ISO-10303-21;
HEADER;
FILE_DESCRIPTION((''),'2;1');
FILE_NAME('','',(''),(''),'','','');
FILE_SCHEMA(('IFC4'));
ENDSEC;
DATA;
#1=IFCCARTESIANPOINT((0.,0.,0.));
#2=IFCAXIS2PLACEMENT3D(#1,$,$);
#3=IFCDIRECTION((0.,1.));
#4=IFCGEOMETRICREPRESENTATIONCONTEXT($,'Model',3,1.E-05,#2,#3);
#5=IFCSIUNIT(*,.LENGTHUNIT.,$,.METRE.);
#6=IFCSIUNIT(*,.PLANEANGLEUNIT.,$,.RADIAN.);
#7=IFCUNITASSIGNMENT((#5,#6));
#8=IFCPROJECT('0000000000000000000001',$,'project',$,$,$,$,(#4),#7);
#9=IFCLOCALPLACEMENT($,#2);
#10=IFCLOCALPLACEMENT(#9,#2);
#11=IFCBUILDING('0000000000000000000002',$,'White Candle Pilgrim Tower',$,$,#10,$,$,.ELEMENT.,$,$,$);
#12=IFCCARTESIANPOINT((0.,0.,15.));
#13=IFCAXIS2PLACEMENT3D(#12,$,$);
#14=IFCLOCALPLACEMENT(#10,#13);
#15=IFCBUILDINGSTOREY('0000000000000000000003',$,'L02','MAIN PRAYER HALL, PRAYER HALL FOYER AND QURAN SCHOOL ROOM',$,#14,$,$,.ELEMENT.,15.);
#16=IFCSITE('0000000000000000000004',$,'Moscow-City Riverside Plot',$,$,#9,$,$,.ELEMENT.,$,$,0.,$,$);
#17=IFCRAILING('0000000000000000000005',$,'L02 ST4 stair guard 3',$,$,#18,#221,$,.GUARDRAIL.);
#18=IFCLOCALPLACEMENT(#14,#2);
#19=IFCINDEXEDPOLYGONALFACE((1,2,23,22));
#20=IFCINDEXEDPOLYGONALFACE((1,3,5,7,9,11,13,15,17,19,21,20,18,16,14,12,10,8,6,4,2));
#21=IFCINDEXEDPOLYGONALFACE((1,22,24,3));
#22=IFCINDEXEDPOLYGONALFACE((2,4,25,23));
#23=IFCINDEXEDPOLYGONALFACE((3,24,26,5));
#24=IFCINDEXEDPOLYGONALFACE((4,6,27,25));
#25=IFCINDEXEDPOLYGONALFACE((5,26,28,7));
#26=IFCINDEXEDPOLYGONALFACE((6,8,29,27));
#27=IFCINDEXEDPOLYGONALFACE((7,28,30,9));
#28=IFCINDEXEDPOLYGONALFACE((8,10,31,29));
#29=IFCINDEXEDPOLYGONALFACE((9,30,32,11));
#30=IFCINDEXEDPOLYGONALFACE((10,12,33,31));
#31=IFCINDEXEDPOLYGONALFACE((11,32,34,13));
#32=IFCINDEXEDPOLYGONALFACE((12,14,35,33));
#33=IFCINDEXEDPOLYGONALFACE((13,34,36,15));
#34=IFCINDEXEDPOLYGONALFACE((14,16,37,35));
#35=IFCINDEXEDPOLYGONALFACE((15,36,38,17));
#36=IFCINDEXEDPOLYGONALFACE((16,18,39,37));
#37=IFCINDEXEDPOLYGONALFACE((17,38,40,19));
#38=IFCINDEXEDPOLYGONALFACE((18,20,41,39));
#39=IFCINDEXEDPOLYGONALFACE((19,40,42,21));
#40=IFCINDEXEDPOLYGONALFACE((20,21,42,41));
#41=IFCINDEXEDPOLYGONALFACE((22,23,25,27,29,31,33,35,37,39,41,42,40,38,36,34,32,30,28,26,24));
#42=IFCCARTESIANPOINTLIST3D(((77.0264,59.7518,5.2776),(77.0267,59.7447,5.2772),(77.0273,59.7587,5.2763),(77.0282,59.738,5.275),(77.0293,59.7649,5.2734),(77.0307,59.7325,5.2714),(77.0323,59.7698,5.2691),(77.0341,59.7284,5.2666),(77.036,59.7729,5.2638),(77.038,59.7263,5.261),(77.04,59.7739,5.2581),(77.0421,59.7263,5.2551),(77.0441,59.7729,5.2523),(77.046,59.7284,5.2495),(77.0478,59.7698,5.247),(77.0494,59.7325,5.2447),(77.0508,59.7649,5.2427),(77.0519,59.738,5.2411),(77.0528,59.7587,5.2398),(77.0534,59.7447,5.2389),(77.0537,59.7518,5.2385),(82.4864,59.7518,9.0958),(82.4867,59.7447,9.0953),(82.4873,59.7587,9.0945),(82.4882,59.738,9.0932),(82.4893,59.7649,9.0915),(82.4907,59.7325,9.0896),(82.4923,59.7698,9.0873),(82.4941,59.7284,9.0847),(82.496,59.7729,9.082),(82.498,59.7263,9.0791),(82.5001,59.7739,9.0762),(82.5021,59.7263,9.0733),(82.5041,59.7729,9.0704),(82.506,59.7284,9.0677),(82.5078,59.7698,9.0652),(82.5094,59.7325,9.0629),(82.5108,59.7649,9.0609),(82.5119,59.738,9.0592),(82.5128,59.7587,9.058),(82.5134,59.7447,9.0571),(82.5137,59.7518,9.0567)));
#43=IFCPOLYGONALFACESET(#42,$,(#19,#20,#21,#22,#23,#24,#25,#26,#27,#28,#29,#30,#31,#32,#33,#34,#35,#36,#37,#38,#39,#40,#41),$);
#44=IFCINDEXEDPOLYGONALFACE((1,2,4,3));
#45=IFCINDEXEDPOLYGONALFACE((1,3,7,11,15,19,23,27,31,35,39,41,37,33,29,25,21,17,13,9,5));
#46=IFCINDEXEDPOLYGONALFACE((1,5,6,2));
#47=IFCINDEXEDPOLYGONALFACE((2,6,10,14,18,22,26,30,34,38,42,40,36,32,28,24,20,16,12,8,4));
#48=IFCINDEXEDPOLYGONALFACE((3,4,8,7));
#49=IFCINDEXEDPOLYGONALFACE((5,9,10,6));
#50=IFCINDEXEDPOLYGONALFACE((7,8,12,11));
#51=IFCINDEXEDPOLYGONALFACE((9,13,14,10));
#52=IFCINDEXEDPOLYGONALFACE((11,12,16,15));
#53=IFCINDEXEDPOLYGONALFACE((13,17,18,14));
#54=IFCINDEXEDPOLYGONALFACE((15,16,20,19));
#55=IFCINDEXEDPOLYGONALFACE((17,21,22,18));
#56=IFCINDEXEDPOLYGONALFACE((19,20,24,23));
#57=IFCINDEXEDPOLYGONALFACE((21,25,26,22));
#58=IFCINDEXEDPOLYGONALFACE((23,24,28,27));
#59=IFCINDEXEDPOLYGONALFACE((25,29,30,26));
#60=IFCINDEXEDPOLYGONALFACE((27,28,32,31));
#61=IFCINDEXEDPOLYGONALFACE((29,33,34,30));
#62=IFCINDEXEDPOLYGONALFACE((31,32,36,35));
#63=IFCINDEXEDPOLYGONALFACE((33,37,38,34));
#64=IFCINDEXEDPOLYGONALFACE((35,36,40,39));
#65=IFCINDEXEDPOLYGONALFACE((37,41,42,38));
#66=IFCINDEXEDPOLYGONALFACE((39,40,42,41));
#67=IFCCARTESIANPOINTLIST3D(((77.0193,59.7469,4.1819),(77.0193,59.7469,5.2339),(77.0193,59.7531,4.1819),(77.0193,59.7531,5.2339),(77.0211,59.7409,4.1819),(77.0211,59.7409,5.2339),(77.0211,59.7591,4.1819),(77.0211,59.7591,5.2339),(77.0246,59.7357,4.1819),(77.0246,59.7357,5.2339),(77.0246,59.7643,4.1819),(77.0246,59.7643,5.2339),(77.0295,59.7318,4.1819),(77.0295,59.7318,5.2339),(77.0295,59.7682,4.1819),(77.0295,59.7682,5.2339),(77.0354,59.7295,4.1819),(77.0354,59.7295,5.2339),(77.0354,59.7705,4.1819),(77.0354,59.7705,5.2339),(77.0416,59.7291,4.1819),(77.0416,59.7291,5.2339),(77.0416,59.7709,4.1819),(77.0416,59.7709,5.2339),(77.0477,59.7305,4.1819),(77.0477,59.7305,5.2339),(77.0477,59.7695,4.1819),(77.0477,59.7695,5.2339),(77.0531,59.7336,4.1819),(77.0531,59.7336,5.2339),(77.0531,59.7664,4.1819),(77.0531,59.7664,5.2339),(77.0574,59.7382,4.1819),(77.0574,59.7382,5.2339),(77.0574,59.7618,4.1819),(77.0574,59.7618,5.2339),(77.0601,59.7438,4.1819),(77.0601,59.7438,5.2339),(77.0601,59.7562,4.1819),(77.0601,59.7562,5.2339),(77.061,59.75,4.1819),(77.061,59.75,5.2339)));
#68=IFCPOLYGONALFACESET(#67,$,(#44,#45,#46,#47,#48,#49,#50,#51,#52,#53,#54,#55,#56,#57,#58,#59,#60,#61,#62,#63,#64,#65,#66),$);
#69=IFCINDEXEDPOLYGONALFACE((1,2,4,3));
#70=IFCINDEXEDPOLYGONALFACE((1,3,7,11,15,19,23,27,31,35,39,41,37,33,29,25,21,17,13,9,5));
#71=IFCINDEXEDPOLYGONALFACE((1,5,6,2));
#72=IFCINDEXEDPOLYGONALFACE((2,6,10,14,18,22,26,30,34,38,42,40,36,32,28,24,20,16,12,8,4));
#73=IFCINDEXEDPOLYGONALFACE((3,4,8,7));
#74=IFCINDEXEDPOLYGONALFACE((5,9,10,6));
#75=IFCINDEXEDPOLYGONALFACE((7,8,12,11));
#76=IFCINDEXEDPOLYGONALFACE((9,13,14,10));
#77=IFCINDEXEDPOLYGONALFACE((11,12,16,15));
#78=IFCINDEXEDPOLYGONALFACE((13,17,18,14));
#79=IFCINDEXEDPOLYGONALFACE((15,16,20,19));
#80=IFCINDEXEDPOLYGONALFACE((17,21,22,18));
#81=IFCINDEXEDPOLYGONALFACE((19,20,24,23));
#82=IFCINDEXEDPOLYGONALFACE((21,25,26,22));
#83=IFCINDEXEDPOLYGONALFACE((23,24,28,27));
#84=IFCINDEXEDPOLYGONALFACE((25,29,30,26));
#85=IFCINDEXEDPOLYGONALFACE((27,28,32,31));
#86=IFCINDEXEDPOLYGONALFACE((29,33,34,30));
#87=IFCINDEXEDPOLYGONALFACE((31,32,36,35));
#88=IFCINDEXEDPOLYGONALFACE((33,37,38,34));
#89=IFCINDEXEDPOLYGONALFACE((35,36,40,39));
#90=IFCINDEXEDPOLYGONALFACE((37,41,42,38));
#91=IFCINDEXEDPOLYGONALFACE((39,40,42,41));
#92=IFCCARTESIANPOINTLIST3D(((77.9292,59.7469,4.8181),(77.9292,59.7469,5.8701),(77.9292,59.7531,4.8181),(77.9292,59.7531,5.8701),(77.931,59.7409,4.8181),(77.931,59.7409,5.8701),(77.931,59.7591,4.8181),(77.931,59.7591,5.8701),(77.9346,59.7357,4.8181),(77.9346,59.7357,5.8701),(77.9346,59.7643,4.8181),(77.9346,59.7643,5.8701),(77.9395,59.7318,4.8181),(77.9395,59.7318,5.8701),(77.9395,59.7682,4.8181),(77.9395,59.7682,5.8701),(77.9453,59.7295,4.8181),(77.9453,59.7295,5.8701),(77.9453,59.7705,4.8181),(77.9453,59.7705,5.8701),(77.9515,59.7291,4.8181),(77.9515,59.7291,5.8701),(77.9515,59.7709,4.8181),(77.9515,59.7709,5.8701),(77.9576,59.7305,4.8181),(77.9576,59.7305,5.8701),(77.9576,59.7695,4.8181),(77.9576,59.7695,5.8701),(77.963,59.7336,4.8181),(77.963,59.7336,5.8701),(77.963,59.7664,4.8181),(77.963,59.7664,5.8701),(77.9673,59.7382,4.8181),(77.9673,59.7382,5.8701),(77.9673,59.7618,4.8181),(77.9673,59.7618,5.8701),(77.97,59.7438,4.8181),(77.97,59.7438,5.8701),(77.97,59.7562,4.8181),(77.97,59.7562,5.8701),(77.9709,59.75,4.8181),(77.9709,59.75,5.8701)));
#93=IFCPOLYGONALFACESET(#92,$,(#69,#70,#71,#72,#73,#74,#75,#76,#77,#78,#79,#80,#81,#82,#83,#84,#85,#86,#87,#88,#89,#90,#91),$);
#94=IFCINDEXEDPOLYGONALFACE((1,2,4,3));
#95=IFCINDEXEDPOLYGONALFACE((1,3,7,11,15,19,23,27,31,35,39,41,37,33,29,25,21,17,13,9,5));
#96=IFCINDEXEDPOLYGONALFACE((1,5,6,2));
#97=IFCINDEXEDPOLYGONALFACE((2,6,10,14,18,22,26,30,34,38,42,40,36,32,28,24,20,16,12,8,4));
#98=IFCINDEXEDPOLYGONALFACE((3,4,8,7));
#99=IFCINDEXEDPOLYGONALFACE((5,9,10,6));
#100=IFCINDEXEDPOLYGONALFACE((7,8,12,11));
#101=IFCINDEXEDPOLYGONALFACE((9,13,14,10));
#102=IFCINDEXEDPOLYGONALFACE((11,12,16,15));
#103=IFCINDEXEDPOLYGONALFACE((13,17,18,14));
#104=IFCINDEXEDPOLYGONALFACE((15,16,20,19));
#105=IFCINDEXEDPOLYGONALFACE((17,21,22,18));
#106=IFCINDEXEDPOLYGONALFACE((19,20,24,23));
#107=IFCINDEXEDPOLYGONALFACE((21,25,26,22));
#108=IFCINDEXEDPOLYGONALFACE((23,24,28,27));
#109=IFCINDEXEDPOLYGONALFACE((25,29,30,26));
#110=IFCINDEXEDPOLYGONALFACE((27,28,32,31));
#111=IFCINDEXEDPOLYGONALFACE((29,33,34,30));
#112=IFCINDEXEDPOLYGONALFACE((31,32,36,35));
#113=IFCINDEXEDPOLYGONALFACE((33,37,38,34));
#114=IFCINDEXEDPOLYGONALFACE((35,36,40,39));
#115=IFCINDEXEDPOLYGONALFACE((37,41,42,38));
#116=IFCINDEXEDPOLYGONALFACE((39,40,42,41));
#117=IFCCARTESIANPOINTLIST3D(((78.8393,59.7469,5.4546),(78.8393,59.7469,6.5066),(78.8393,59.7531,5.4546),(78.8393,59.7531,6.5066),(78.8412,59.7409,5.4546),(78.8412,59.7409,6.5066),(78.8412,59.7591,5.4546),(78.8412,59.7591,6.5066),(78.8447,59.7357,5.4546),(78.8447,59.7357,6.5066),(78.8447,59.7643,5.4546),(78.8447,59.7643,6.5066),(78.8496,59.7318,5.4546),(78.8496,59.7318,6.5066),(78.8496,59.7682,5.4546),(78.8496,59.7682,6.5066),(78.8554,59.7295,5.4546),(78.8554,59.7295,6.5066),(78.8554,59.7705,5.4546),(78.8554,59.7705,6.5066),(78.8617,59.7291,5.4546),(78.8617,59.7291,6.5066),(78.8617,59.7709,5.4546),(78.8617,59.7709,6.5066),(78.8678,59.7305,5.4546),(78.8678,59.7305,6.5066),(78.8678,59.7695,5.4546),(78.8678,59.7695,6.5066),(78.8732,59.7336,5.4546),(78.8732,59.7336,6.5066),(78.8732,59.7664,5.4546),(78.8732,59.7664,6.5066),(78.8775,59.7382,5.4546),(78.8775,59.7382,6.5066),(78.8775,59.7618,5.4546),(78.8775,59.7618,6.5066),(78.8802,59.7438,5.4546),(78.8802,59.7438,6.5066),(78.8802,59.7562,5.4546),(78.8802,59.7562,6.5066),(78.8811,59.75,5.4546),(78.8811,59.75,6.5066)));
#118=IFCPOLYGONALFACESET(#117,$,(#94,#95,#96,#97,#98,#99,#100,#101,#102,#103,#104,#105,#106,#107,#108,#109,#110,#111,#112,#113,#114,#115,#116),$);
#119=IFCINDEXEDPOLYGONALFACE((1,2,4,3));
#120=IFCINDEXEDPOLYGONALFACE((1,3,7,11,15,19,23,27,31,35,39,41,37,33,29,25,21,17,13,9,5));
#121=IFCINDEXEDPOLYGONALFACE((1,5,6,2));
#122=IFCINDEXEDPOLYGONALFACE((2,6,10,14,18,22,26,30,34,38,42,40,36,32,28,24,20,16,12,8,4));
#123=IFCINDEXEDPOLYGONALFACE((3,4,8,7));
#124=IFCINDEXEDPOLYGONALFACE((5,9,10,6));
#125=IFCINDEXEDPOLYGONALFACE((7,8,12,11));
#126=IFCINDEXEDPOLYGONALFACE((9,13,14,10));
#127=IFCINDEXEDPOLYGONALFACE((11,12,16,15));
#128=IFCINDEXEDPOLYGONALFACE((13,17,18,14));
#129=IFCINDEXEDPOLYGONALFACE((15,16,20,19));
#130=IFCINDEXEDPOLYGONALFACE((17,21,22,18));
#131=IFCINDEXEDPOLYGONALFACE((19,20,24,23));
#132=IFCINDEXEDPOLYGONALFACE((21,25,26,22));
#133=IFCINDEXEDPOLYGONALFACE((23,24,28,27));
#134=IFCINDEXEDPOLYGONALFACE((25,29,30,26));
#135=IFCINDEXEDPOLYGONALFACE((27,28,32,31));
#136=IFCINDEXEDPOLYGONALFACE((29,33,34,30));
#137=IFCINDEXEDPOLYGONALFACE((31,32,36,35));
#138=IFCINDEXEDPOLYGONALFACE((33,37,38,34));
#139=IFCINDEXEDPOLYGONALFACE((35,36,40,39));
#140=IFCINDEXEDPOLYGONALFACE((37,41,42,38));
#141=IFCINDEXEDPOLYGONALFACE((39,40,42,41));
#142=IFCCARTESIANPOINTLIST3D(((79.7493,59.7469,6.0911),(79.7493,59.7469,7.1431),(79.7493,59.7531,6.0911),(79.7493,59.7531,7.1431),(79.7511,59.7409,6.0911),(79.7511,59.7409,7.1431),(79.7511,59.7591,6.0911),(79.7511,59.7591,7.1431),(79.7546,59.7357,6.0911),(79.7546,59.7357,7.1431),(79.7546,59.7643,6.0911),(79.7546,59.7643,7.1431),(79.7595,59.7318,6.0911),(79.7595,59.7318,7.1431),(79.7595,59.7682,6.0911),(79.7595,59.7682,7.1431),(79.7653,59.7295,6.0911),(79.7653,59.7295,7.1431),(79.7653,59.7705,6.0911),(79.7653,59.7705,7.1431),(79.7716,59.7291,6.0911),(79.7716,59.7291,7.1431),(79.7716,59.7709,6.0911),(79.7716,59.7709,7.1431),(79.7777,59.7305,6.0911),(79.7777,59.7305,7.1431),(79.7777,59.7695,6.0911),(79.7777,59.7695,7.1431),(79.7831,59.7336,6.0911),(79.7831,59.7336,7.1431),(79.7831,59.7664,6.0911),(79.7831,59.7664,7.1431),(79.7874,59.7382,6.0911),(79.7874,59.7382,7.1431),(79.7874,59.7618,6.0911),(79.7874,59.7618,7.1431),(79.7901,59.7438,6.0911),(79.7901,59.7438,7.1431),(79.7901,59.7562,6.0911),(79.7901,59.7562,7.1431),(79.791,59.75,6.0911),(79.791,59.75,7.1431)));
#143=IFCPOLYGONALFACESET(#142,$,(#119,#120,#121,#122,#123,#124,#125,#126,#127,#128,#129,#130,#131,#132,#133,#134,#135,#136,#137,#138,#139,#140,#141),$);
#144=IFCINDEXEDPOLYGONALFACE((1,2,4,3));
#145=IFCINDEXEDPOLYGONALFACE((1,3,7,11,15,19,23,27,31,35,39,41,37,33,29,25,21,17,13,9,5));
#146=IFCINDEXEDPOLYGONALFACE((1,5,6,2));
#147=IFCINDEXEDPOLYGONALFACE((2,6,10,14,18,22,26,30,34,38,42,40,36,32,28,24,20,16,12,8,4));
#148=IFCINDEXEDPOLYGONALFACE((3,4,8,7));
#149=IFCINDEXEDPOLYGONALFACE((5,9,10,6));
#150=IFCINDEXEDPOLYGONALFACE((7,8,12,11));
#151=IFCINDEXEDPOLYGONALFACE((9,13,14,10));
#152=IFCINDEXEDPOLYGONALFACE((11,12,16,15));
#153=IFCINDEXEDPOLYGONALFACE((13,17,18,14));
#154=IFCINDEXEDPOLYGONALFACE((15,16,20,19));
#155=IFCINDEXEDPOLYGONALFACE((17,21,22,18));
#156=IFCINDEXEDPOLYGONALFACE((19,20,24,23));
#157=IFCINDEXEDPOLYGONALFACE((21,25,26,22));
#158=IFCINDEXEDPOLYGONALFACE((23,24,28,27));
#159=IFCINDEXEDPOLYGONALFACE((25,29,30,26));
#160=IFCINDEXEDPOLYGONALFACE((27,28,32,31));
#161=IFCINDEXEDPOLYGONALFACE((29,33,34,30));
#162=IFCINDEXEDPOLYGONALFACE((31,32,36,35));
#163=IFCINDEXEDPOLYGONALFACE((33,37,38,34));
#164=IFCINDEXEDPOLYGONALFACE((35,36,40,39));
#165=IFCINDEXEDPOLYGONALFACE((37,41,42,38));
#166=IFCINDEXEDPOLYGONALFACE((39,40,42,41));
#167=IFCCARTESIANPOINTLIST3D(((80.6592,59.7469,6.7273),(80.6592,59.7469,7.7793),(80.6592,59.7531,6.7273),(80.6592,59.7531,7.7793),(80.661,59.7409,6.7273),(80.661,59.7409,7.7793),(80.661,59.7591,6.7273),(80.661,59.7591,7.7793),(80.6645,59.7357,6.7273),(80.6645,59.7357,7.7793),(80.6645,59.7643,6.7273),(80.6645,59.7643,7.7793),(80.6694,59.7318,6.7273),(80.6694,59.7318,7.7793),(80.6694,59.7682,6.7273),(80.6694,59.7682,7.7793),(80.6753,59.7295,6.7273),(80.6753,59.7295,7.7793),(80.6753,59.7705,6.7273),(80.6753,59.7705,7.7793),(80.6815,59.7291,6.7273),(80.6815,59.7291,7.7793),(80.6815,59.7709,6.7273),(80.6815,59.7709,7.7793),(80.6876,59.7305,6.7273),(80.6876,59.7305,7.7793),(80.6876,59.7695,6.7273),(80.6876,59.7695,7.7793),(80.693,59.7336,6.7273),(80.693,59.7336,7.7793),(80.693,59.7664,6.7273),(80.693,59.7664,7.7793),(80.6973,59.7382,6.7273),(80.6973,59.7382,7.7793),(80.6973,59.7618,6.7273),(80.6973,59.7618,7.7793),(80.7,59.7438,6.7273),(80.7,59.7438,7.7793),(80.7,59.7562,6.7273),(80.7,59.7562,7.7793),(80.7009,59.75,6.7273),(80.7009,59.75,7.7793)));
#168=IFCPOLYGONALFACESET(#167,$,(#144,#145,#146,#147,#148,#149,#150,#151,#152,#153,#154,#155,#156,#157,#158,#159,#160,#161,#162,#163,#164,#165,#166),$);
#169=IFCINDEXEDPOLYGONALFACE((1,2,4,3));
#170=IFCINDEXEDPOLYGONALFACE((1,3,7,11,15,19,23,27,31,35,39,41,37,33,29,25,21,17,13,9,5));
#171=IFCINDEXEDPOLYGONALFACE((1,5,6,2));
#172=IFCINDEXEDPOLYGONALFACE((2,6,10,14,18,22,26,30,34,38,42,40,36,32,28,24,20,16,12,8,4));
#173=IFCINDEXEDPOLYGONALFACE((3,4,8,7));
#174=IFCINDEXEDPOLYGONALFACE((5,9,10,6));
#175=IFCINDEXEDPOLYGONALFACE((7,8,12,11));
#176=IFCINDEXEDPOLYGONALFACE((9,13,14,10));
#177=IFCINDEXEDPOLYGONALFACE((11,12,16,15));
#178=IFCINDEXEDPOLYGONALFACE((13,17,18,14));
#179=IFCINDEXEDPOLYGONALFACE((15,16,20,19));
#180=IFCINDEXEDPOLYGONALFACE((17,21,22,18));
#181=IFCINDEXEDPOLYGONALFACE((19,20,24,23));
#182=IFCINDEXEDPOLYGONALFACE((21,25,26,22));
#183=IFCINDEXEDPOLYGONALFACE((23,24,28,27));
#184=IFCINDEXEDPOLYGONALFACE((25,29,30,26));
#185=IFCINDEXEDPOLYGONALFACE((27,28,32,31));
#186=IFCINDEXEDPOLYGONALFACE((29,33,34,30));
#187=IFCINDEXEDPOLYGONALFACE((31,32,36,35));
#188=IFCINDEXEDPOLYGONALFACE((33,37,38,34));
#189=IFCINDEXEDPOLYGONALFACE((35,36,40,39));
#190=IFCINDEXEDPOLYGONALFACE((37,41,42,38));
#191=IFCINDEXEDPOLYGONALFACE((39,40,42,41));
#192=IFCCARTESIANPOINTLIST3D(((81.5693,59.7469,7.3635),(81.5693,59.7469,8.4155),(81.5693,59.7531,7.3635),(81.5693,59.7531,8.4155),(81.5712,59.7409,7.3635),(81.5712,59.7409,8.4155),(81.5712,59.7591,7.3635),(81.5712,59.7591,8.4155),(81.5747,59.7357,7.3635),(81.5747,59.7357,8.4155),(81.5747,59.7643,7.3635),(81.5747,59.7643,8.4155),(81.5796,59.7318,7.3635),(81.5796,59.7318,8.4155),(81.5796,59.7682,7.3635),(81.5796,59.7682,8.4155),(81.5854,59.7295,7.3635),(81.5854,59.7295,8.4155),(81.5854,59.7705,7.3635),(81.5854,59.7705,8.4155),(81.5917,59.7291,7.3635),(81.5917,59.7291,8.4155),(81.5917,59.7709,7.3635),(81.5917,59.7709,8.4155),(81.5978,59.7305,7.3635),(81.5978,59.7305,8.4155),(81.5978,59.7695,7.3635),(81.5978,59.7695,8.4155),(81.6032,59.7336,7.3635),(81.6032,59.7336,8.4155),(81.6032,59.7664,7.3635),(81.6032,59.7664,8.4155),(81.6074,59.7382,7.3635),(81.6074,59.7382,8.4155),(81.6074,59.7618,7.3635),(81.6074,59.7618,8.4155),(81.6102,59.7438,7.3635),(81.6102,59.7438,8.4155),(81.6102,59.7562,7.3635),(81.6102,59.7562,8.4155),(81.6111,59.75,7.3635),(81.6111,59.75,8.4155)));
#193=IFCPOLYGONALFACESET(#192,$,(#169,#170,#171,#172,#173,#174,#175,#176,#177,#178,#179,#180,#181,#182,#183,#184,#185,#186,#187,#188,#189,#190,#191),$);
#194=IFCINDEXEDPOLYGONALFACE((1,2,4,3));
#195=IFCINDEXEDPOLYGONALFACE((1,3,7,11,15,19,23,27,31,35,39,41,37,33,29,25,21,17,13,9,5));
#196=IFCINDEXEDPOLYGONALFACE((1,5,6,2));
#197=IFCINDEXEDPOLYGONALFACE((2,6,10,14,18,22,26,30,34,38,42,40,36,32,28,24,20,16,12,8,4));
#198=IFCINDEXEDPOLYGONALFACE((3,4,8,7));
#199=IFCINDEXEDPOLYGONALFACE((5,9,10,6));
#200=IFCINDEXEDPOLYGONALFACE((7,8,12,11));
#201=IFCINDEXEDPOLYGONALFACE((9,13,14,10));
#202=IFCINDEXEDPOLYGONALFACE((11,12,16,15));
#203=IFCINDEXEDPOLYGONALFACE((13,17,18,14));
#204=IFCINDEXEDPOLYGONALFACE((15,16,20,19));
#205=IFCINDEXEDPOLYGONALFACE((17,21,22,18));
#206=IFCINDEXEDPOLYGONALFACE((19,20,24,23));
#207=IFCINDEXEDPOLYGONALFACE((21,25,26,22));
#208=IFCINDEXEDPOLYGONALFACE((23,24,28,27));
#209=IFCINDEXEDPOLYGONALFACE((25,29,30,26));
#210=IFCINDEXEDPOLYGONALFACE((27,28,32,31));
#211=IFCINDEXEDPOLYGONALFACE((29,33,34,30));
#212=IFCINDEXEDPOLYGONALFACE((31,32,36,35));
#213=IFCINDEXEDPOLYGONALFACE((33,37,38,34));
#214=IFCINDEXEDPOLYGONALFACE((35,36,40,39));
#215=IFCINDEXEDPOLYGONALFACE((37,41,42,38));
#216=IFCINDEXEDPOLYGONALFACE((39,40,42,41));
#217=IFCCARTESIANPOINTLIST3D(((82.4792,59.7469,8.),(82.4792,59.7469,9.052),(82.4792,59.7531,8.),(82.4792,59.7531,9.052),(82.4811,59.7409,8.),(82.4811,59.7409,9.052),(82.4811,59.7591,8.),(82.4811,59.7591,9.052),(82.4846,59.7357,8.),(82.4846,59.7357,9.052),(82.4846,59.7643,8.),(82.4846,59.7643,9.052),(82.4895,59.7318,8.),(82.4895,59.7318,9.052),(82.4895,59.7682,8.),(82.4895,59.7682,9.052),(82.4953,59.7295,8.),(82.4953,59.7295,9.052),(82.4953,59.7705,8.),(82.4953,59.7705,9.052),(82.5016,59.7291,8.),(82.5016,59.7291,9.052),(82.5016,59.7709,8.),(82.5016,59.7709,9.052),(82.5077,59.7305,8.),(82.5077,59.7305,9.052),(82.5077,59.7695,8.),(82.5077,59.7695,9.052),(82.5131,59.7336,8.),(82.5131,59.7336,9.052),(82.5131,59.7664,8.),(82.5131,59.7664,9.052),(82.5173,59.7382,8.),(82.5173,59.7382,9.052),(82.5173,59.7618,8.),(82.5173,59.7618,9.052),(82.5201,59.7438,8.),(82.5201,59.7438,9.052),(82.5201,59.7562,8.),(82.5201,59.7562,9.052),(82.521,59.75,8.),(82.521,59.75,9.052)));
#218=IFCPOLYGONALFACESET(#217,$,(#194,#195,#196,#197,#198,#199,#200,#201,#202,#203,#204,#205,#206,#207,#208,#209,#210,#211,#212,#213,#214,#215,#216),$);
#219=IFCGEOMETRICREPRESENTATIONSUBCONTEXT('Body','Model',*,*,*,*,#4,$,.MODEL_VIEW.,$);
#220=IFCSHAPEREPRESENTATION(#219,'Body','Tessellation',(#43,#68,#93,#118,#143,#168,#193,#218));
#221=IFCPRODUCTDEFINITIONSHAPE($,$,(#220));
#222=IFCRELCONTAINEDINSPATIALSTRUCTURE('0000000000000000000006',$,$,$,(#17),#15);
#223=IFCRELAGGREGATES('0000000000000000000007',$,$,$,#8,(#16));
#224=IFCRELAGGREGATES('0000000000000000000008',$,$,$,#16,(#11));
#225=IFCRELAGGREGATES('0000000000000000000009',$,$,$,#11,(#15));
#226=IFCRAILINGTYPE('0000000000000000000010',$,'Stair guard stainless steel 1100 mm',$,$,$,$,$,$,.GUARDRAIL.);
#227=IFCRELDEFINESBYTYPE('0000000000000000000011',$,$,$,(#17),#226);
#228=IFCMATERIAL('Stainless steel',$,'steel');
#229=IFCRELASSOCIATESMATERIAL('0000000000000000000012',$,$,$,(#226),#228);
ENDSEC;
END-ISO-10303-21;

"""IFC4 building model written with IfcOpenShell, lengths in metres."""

from ifc_helpers import new_model, si_unit, direction, frame, origin, origin_2d, place, context, subcontext, project, spatial, circle, extrude, material, type_object, element, save


model = new_model("IFC4")

# Units and contexts
model_context = context("Model", 3, precision=1e-05, world=origin(), true_north=direction((0.0, 1.0)))
body_context = subcontext(model_context, "Body", "Model", "MODEL_VIEW")
ifc_project = project(units=[si_unit("LENGTHUNIT", "METRE"), si_unit("PLANEANGLEUNIT", "RADIAN")], contexts=[model_context])

# Site, building, storey
site_placement = place(None, origin())
site = spatial("IfcSite", under=ifc_project, at=site_placement, Name="Moscow-City Riverside Plot", CompositionType="ELEMENT", RefElevation=0.0)
building_placement = place(site_placement, origin())
building = spatial("IfcBuilding", under=site, at=building_placement, Name="White Candle Pilgrim Tower", CompositionType="ELEMENT")
storey_placement = place(building_placement, frame((0.0, 0.0, 15.0)))
storey = spatial("IfcBuildingStorey", under=building, at=storey_placement, Name="L02", Description="MAIN PRAYER HALL, PRAYER HALL FOYER AND QURAN SCHOOL ROOM", CompositionType="ELEMENT", Elevation=15.0)

# Railing
ifc_material_1 = material(Name="Stainless steel", Category="steel")
railing_type_1 = type_object("IfcRailingType", Name="Stair guard stainless steel 1100 mm", PredefinedType="GUARDRAIL", material=ifc_material_1)
railing_1_placement = place(storey_placement, frame((77.04, 59.75, 4.1819)))
element("IfcRailing", 1, at=railing_1_placement, inside=storey, type_object=railing_type_1, Name="L02 ST4 stair guard 3", PredefinedType="GUARDRAIL", context=body_context, shape_type="SweptSolid", body=[
    extrude(circle(Radius=0.0239, at=origin_2d()), frame((0.0, 0.0, 1.0762), z_axis=(0.819504, 0.0, 0.573074), x_axis=(0.0, 1.0, 0.0)), (0.0, 0.0, 1.0), 6.6626),
    extrude(circle(Radius=0.021, at=origin_2d()), origin(), (0.0, 0.0, 1.0), 1.052),
    extrude(circle(Radius=0.021, at=origin_2d()), frame((0.9099, 0.0, 0.6362)), (0.0, 0.0, 1.0), 1.052),
    extrude(circle(Radius=0.021, at=origin_2d()), frame((1.8201, 0.0, 1.2727)), (0.0, 0.0, 1.0), 1.052),
    extrude(circle(Radius=0.021, at=origin_2d()), frame((2.73, 0.0, 1.9092)), (0.0, 0.0, 1.0), 1.052),
    extrude(circle(Radius=0.021, at=origin_2d()), frame((3.6399, 0.0, 2.5454)), (0.0, 0.0, 1.0), 1.052),
    extrude(circle(Radius=0.021, at=origin_2d()), frame((4.55, 0.0, 3.1816)), (0.0, 0.0, 1.0), 1.052),
    extrude(circle(Radius=0.021, at=origin_2d()), frame((5.46, 0.0, 3.8181)), (0.0, 0.0, 1.0), 1.052),
])

save(model, "model.ifc")
